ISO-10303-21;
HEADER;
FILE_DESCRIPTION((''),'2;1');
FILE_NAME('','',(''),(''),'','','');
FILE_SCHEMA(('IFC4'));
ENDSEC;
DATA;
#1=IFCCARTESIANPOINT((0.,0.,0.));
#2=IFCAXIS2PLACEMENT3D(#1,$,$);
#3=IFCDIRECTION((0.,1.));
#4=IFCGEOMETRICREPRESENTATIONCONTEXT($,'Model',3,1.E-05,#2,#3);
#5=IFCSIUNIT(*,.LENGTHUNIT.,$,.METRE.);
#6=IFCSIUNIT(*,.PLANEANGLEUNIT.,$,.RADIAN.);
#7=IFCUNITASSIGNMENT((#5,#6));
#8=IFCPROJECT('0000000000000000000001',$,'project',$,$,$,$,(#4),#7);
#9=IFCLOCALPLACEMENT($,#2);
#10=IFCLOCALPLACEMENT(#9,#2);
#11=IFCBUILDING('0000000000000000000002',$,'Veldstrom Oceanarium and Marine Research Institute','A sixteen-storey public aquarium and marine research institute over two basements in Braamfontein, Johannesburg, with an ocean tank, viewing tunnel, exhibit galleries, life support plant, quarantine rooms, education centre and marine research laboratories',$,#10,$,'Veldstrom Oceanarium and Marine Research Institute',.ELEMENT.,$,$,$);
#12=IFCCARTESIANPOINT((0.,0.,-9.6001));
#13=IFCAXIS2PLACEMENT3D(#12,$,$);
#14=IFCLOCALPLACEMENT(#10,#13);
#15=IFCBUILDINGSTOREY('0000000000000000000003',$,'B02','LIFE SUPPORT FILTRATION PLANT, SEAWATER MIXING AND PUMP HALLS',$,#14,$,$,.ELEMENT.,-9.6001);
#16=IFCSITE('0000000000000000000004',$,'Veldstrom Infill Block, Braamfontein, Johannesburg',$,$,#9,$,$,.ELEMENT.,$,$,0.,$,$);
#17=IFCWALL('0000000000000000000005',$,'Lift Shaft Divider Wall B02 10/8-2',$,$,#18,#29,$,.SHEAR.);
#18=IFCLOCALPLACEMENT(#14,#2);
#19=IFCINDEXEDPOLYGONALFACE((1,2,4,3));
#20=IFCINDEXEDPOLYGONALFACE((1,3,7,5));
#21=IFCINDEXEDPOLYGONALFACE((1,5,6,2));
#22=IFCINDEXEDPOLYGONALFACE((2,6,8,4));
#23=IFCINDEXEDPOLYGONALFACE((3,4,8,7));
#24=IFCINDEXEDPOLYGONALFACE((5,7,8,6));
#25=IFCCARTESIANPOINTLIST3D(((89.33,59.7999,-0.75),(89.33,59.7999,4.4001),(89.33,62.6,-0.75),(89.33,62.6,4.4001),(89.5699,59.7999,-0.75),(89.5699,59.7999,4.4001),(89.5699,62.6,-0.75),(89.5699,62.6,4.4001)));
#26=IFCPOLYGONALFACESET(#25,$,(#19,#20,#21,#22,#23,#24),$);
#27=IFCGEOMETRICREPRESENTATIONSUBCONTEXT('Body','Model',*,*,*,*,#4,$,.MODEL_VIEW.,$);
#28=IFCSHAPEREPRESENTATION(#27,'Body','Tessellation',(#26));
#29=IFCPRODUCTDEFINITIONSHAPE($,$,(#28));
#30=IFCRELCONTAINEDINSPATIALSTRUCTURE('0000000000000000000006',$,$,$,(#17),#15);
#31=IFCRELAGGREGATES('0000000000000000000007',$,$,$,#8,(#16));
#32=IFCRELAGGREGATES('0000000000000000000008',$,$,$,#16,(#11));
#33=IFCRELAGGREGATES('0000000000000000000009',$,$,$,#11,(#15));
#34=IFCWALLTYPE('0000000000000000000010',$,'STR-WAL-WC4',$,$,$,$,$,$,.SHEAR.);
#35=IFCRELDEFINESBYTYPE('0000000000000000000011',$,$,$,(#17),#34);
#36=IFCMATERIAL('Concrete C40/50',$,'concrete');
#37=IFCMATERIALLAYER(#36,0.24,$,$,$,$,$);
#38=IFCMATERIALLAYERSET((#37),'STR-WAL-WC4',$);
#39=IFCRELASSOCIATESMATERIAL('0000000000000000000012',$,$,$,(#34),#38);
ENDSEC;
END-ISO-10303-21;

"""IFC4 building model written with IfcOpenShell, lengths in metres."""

from ifc_helpers import new_model, si_unit, direction, frame, frame_2d, origin, place, context, subcontext, project, spatial, rectangle, extrude, material, layer, layer_set, type_object, element, save


model = new_model("IFC4")

# Units and contexts
model_context = context("Model", 3, precision=1e-05, world=origin(), true_north=direction((0.0, 1.0)))
body_context = subcontext(model_context, "Body", "Model", "MODEL_VIEW")
ifc_project = project(units=[si_unit("LENGTHUNIT", "METRE"), si_unit("PLANEANGLEUNIT", "RADIAN")], contexts=[model_context])

# Site, building, storey
site_placement = place(None, origin())
site = spatial("IfcSite", under=ifc_project, at=site_placement, Name="Veldstrom Infill Block, Braamfontein, Johannesburg", CompositionType="ELEMENT", RefElevation=0.0)
building_placement = place(site_placement, origin())
building = spatial("IfcBuilding", under=site, at=building_placement, Name="Veldstrom Oceanarium and Marine Research Institute", Description="A sixteen-storey public aquarium and marine research institute over two basements in Braamfontein, Johannesburg, with an ocean tank, viewing tunnel, exhibit galleries, life support plant, quarantine rooms, education centre and marine research laboratories", LongName="Veldstrom Oceanarium and Marine Research Institute", CompositionType="ELEMENT")
storey_placement = place(building_placement, frame((0.0, 0.0, -9.6001)))
storey = spatial("IfcBuildingStorey", under=building, at=storey_placement, Name="B02", Description="LIFE SUPPORT FILTRATION PLANT, SEAWATER MIXING AND PUMP HALLS", CompositionType="ELEMENT", Elevation=-9.6001)

# Wall
ifc_material_1 = material(Name="Concrete C40/50", Category="concrete")
ifc_layer_1 = layer(ifc_material_1, 0.24)
ifc_layer_set_1 = layer_set([ifc_layer_1], Name="STR-WAL-WC4")
wall_type_1 = type_object("IfcWallType", Name="STR-WAL-WC4", PredefinedType="SHEAR", material=ifc_layer_set_1)
for number, where, z_axis, x_axis, name in (
    (1, (89.45, 59.8, -0.75), (0.0, 0.0, 1.0), (0.0, 1.0, 0.0), "Lift Shaft Divider Wall B02 10/8-2"),
):
    element("IfcWall", number, at=place(storey_placement, frame(where, z_axis=z_axis, x_axis=x_axis)), inside=storey, type_object=wall_type_1, Name=name, PredefinedType="SHEAR", context=body_context, shape_type="SweptSolid", body=[
        extrude(rectangle(XDim=2.8, YDim=0.24, at=frame_2d((1.3999, 0.0))), origin(), (0.0, 0.0, 1.0), 5.1501),
    ])

save(model, "model.ifc")
